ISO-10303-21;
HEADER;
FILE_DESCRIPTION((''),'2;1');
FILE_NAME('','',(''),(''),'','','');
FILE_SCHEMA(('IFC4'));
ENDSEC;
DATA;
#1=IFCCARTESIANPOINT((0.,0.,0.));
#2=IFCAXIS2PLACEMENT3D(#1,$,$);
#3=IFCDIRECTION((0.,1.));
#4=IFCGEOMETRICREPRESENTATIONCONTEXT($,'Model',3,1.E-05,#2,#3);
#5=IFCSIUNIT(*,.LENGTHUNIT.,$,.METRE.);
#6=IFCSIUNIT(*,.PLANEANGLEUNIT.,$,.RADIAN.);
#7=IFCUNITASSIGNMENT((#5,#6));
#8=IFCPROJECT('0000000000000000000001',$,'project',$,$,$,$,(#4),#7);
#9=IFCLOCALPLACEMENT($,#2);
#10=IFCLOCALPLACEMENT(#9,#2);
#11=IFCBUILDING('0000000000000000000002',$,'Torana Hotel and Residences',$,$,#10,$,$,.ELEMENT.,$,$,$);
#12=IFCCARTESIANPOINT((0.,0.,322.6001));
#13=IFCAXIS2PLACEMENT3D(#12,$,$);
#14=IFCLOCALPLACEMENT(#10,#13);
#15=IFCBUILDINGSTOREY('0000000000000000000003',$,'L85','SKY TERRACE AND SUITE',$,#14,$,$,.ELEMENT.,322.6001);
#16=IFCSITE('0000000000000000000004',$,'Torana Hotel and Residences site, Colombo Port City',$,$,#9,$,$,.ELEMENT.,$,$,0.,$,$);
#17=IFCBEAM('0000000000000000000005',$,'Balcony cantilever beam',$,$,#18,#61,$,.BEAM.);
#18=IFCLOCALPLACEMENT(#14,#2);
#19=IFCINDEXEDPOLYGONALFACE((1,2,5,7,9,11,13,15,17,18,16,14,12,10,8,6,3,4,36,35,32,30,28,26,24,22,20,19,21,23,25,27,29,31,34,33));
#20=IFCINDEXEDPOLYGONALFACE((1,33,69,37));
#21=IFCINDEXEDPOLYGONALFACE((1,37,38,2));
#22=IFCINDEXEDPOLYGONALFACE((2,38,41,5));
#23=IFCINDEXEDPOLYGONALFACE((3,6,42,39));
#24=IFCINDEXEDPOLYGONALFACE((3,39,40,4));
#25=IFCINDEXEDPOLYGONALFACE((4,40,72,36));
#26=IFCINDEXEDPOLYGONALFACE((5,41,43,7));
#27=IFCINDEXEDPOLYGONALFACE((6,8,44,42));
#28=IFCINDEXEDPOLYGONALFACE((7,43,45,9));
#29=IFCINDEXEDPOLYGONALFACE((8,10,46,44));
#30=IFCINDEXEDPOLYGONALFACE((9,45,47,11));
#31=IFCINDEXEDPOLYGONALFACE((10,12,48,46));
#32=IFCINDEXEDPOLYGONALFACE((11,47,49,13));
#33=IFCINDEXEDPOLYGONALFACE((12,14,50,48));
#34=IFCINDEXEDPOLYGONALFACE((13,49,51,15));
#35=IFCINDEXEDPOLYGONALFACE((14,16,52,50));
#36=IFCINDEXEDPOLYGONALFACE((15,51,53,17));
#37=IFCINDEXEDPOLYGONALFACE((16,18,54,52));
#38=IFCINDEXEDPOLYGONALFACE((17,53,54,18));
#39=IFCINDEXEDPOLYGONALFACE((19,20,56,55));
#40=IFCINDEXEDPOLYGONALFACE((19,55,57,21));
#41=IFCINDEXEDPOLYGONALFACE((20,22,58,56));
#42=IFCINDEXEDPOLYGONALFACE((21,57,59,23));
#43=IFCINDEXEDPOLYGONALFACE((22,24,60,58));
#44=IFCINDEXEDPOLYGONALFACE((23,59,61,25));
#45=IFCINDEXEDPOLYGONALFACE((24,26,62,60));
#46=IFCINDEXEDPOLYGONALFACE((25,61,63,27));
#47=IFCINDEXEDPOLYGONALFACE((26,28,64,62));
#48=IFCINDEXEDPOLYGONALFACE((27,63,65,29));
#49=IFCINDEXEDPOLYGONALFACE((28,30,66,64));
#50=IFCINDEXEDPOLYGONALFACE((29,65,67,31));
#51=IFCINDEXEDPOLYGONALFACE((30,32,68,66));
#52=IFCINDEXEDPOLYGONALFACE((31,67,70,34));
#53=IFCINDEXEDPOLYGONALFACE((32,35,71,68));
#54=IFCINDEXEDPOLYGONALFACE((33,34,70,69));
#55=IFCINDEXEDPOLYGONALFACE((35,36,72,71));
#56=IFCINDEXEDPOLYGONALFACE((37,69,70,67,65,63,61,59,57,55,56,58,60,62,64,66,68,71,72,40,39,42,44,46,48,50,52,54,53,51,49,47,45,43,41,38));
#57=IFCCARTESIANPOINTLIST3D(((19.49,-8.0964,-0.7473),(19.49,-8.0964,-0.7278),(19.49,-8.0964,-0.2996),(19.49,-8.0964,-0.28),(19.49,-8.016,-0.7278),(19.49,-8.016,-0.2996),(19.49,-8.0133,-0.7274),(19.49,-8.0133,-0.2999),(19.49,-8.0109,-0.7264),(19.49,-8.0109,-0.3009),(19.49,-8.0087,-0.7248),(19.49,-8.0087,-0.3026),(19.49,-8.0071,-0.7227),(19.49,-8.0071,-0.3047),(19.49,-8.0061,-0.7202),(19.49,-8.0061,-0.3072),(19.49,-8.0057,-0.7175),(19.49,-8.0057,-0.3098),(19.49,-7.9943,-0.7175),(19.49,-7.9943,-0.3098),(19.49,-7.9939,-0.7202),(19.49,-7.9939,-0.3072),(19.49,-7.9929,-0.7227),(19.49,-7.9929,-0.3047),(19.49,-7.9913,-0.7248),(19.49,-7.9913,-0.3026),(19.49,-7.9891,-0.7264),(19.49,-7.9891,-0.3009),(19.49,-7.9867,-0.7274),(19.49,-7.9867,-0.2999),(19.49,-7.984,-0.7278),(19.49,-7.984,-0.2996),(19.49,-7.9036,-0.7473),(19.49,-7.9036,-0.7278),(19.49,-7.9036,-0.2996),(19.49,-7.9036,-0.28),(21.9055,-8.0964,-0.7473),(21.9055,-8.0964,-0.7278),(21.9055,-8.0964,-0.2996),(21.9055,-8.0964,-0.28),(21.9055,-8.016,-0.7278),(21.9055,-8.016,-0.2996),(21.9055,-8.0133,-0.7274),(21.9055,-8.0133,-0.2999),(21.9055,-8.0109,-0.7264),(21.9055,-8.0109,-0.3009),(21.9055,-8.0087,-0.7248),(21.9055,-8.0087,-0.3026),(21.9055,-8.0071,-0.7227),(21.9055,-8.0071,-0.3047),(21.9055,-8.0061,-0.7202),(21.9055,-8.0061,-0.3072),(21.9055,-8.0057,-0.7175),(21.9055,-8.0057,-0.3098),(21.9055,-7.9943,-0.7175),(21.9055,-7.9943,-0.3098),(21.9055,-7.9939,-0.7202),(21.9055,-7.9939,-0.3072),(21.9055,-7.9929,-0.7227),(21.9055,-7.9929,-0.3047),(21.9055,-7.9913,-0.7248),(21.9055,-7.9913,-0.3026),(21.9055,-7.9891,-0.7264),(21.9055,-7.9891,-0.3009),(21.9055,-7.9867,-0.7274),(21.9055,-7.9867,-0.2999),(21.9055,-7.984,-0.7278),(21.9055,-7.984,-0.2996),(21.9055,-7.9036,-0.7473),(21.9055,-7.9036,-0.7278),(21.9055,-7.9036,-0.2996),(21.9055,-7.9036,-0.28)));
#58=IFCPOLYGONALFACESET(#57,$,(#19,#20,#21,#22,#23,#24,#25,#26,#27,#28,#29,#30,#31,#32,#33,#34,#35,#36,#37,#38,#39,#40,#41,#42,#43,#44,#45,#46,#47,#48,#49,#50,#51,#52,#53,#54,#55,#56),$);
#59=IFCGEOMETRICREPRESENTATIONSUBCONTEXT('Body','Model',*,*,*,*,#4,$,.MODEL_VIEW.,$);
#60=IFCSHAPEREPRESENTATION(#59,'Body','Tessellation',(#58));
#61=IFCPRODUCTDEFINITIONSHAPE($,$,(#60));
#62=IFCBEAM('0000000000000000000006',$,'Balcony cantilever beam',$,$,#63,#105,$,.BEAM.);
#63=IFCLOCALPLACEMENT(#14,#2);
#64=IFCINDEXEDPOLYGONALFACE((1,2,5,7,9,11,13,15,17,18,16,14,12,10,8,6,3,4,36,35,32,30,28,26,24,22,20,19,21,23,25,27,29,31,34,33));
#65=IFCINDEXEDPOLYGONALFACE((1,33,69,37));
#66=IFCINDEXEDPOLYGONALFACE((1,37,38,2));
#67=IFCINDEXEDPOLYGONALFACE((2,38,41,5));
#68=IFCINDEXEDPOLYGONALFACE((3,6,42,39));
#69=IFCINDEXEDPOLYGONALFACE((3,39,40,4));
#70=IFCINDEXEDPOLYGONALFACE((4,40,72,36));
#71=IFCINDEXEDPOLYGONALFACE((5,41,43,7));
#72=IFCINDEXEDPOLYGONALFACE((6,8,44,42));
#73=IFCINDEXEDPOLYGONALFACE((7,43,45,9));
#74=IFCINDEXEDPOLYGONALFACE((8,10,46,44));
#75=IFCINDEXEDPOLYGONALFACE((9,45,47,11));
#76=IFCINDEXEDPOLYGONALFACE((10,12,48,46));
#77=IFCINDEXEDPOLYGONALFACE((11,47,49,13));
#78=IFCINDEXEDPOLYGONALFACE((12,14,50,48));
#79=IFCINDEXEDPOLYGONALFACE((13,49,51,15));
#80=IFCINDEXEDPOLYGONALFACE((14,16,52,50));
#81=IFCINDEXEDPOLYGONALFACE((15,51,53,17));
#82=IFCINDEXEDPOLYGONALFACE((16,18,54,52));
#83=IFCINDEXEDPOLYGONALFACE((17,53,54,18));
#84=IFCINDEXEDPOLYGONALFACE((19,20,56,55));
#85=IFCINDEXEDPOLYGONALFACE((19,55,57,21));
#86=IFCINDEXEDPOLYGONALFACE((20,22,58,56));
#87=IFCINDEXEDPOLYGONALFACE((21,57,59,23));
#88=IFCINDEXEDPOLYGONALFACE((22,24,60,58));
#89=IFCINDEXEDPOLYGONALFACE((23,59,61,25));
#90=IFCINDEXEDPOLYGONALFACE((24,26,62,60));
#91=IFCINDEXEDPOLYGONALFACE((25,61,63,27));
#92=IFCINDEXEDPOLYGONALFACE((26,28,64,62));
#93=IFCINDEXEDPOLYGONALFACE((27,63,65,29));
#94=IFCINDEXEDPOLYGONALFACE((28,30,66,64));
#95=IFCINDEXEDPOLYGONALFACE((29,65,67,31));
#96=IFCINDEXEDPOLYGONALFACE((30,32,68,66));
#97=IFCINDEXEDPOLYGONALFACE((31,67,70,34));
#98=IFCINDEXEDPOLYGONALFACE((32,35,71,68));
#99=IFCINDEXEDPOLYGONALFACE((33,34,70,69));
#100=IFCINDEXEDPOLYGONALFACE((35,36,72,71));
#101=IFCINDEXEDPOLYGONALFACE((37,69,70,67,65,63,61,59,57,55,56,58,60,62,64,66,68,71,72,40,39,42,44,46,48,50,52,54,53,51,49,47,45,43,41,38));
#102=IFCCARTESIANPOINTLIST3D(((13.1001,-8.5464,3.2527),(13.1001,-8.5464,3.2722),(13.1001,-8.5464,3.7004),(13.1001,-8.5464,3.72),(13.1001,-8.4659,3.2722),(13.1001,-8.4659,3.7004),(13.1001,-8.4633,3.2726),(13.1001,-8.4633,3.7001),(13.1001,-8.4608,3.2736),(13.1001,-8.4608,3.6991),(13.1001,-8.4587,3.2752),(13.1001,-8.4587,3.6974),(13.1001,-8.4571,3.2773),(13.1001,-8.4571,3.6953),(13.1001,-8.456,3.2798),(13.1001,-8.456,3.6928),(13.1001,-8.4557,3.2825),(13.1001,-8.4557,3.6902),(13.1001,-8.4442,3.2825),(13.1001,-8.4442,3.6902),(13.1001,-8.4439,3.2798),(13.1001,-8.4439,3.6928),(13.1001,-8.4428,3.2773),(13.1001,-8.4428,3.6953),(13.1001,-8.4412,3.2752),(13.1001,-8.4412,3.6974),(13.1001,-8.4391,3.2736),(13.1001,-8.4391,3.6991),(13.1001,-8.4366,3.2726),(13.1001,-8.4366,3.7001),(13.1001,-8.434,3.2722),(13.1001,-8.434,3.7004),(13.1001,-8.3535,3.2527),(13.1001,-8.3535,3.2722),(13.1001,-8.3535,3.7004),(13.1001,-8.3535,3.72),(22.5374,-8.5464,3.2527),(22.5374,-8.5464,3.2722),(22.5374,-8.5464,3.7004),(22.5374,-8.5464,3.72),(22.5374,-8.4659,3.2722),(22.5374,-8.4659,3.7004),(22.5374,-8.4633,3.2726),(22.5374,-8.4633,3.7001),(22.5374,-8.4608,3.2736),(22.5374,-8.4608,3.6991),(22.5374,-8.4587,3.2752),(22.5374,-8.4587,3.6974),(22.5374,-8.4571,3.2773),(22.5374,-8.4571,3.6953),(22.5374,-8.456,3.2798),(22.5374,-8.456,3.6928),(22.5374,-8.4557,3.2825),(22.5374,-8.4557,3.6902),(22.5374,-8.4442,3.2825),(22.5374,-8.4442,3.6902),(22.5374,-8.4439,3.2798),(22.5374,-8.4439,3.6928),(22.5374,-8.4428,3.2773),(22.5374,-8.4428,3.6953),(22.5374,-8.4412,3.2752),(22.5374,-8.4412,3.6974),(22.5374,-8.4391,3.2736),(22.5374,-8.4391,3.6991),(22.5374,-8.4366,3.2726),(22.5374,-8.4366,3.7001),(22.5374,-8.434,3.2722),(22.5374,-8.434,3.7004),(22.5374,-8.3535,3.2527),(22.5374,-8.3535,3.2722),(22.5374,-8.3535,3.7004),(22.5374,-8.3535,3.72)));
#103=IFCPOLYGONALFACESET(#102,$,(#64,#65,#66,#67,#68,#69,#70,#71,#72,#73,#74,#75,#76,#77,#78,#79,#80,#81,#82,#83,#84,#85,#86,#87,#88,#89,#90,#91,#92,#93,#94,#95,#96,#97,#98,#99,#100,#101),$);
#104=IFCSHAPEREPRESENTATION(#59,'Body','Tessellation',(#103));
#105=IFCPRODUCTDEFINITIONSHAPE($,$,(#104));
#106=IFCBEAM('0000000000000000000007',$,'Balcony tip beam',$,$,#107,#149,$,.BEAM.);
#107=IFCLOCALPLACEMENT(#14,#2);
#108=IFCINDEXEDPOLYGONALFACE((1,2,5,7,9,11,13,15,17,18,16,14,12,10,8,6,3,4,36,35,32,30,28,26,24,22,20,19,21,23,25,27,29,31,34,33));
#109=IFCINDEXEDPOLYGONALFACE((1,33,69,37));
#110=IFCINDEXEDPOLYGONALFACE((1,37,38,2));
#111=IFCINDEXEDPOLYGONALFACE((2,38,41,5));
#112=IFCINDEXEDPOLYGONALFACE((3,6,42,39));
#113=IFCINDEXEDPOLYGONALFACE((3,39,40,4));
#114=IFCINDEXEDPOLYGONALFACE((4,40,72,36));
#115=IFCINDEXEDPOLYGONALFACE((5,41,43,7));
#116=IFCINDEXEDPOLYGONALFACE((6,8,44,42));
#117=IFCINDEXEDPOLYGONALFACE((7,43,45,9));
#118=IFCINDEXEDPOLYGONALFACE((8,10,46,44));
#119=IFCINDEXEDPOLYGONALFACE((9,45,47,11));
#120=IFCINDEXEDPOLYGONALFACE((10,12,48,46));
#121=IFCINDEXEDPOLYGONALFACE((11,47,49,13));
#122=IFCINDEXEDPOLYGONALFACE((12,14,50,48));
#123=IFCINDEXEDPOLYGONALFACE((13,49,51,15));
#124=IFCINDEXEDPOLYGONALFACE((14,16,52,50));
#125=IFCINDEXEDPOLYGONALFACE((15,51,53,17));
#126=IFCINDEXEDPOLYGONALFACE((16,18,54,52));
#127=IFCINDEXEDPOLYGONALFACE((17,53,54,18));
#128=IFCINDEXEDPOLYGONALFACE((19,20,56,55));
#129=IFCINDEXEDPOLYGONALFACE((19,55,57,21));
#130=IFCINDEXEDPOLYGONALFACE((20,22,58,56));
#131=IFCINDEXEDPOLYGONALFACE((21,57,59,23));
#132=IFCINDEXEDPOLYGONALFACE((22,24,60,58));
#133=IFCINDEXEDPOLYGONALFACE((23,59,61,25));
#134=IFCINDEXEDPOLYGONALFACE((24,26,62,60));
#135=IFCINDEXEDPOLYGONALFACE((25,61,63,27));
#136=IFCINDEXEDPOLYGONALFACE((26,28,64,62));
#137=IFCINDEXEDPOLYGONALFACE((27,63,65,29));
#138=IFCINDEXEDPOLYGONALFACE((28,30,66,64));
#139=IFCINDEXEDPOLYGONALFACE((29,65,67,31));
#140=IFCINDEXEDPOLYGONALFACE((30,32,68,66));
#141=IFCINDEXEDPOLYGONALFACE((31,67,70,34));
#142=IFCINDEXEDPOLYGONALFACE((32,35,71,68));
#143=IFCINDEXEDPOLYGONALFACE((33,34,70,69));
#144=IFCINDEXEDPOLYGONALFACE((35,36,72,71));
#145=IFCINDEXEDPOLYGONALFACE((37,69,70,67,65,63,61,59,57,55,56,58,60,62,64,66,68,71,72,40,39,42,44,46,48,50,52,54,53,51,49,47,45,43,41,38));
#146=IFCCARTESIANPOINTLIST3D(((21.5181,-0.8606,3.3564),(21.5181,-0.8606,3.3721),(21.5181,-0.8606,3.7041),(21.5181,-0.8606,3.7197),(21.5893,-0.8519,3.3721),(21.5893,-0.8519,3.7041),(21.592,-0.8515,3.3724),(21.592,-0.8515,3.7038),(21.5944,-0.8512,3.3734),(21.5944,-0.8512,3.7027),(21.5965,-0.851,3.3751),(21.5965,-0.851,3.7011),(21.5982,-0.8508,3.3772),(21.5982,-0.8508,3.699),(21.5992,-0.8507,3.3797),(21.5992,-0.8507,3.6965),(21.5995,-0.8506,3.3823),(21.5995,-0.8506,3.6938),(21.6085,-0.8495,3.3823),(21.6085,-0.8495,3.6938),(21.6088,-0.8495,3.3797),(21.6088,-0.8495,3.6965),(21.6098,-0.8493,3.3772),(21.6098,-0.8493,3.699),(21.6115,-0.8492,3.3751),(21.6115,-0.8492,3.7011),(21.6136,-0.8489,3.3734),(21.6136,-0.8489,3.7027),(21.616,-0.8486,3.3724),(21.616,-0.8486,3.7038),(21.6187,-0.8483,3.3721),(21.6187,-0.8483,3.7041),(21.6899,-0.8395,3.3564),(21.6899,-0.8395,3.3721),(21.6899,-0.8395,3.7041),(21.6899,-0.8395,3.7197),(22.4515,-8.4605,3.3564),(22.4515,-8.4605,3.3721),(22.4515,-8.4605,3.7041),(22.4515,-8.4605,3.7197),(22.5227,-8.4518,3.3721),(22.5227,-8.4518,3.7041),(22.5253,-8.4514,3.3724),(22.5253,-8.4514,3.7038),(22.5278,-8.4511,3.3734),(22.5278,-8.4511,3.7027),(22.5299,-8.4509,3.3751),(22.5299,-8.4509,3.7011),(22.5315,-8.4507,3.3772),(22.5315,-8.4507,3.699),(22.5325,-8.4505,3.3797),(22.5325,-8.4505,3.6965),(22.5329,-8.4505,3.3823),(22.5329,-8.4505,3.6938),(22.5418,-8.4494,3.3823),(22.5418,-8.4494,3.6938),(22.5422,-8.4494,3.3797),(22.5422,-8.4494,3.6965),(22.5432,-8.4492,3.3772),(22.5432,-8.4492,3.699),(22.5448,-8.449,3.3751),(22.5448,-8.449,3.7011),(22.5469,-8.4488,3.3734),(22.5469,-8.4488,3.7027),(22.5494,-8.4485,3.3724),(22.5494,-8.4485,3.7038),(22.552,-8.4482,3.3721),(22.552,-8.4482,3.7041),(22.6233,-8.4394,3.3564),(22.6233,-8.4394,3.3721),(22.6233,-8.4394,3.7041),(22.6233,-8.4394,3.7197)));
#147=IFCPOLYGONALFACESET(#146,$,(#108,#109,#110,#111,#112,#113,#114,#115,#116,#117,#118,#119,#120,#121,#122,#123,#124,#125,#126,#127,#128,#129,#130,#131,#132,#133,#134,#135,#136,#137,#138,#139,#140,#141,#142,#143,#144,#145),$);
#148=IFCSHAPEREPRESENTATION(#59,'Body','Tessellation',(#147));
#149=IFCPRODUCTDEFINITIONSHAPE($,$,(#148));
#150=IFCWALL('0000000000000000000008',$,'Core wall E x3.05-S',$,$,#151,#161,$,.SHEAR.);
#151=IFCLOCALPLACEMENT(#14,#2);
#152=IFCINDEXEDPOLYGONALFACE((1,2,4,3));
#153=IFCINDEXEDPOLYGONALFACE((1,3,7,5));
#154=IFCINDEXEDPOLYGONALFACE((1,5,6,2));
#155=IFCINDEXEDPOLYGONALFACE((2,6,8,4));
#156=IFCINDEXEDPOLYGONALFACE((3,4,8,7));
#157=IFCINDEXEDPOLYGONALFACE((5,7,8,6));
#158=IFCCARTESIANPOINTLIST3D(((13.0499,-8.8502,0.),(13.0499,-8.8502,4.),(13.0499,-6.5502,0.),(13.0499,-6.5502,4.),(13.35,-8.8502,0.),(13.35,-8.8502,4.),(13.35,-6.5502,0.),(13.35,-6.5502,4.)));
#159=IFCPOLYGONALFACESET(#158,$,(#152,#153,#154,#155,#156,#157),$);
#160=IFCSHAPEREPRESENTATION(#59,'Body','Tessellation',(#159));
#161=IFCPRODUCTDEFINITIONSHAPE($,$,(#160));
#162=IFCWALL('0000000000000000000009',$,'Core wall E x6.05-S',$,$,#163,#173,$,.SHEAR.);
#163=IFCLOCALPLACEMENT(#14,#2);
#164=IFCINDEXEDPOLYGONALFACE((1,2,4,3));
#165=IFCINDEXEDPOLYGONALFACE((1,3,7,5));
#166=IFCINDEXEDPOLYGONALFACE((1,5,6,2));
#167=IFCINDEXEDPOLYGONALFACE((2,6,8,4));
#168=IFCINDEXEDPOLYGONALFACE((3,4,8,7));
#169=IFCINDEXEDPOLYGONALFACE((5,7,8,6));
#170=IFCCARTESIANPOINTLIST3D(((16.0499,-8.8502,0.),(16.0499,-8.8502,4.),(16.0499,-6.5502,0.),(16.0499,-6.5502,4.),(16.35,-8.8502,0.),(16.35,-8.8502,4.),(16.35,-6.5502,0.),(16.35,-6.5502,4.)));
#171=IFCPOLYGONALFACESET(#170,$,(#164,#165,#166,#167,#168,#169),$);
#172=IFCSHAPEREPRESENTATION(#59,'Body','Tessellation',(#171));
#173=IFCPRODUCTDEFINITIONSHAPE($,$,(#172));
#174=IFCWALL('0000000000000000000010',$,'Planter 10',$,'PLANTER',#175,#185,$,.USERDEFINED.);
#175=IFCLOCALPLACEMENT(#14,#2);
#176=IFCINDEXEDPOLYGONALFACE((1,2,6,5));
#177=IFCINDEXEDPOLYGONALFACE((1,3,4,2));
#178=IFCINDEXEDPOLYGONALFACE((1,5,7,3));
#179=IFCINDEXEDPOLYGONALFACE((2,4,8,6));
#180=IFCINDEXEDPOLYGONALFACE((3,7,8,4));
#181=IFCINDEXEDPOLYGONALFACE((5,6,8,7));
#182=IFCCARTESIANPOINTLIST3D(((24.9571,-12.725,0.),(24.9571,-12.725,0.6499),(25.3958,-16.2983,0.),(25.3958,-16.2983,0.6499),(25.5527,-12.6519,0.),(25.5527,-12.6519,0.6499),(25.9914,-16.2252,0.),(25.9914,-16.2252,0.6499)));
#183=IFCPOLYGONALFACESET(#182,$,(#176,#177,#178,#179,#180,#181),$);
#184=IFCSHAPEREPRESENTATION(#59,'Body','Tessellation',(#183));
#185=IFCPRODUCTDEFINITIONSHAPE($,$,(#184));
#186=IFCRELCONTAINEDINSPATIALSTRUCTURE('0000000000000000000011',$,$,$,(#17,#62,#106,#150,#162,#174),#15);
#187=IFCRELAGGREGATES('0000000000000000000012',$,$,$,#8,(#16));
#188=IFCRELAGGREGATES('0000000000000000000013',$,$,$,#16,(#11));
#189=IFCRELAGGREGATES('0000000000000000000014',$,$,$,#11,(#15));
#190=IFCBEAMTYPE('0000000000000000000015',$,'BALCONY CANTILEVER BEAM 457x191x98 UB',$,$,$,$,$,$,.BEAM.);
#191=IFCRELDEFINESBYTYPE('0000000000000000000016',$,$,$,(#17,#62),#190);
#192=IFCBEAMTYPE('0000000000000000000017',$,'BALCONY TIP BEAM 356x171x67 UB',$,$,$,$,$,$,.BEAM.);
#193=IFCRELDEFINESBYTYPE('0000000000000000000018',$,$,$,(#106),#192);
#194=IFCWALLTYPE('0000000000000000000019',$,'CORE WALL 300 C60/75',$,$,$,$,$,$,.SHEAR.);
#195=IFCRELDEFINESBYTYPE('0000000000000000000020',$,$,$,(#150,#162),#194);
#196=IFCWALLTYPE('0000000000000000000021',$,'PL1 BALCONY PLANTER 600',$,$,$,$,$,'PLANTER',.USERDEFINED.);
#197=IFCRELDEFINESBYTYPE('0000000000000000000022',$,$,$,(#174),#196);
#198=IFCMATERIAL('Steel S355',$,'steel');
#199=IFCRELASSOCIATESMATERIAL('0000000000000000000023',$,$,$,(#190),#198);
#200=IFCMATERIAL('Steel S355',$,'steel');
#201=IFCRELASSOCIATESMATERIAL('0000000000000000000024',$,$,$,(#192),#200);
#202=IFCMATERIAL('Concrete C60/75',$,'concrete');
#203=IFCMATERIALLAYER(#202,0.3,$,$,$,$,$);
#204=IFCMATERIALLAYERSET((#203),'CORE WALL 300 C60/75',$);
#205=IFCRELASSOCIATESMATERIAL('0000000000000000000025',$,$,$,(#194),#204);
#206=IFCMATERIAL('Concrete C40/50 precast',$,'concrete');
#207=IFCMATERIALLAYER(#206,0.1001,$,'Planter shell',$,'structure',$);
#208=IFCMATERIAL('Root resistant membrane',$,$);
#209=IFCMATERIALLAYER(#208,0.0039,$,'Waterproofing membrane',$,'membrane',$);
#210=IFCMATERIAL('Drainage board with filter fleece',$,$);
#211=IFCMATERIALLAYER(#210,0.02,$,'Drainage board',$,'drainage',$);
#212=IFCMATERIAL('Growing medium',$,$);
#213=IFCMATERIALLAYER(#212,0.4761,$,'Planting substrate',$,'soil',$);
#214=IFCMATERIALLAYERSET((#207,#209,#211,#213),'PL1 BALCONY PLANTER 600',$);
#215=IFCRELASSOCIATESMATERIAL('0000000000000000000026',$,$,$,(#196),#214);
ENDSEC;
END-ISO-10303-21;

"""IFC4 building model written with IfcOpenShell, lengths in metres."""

from ifc_helpers import new_model, si_unit, direction, frame, frame_2d, origin, origin_2d, place, context, subcontext, project, spatial, rectangle, i_section, extrude, material, layer, layer_set, material_profile, profile_set, type_object, element, save


model = new_model("IFC4")

# Units and contexts
model_context = context("Model", 3, precision=1e-05, world=origin(), true_north=direction((0.0, 1.0)))
body_context = subcontext(model_context, "Body", "Model", "MODEL_VIEW")
ifc_project = project(units=[si_unit("LENGTHUNIT", "METRE"), si_unit("PLANEANGLEUNIT", "RADIAN")], contexts=[model_context])

# Site, building, storey
site_placement = place(None, origin())
site = spatial("IfcSite", under=ifc_project, at=site_placement, Name="Torana Hotel and Residences site, Colombo Port City", CompositionType="ELEMENT", RefElevation=0.0)
building_placement = place(site_placement, origin())
building = spatial("IfcBuilding", under=site, at=building_placement, Name="Torana Hotel and Residences", CompositionType="ELEMENT")
storey_placement = place(building_placement, frame((0.0, 0.0, 322.6001)))
storey = spatial("IfcBuildingStorey", under=building, at=storey_placement, Name="L85", Description="SKY TERRACE AND SUITE", CompositionType="ELEMENT", Elevation=322.6001)

# Beams
ifc_material_1 = material(Name="Steel S355", Category="steel")
ifc_material_profile_1 = material_profile(ifc_material_1, i_section(OverallWidth=0.1929, OverallDepth=0.4673, WebThickness=0.0115, FlangeThickness=0.0195, FilletRadius=0.0103, at=origin_2d()), Name="457x191x98 UB")
ifc_profile_set_1 = profile_set([ifc_material_profile_1], Name="Steel S355")
beam_type_1 = type_object("IfcBeamType", Name="BALCONY CANTILEVER BEAM 457x191x98 UB", PredefinedType="BEAM", material=ifc_profile_set_1)
beam_1_placement = place(storey_placement, frame((19.49, -8.0, -0.5137), z_axis=(1.0, 0.0, 0.0), x_axis=(0.0, 1.0, 0.0)))
element("IfcBeam", 1, at=beam_1_placement, inside=storey, type_object=beam_type_1, Name="Balcony cantilever beam", PredefinedType="BEAM", context=body_context, shape_type="SweptSolid", body=[
    extrude(i_section(OverallWidth=0.1929, OverallDepth=0.4673, WebThickness=0.0115, FlangeThickness=0.0195, FilletRadius=0.0103, at=origin_2d()), origin(), (0.0, 0.0, 1.0), 2.4155),
])
beam_2_placement = place(storey_placement, frame((22.5374, -8.45, 3.4863), z_axis=(-1.0, 0.0, 0.0), x_axis=(0.0, -1.0, 0.0)))
element("IfcBeam", 2, at=beam_2_placement, inside=storey, type_object=beam_type_1, Name="Balcony cantilever beam", PredefinedType="BEAM", context=body_context, shape_type="SweptSolid", body=[
    extrude(i_section(OverallWidth=0.1929, OverallDepth=0.4673, WebThickness=0.0115, FlangeThickness=0.0195, FilletRadius=0.0103, at=origin_2d()), origin(), (0.0, 0.0, 1.0), 9.4373),
])
ifc_material_2 = material(Name="Steel S355", Category="steel")
ifc_material_profile_2 = material_profile(ifc_material_2, i_section(OverallWidth=0.1731, OverallDepth=0.3633, WebThickness=0.009, FlangeThickness=0.0156, FilletRadius=0.0103, at=origin_2d()), Name="356x171x67 UB")
ifc_profile_set_2 = profile_set([ifc_material_profile_2], Name="Steel S355")
beam_type_2 = type_object("IfcBeamType", Name="BALCONY TIP BEAM 356x171x67 UB", PredefinedType="BEAM", material=ifc_profile_set_2)
beam_3_placement = place(storey_placement, frame((22.5374, -8.45, 3.5381), z_axis=(-0.121896, 0.992543, 0.0), x_axis=(-0.992543, -0.121896, 0.0)))
element("IfcBeam", 3, at=beam_3_placement, inside=storey, type_object=beam_type_2, Name="Balcony tip beam", PredefinedType="BEAM", context=body_context, shape_type="SweptSolid", body=[
    extrude(i_section(OverallWidth=0.1731, OverallDepth=0.3633, WebThickness=0.009, FlangeThickness=0.0156, FilletRadius=0.0103, at=origin_2d()), origin(), (0.0, 0.0, 1.0), 7.657),
])

# Walls
ifc_material_3 = material(Name="Concrete C60/75", Category="concrete")
ifc_layer_1 = layer(ifc_material_3, 0.3)
ifc_layer_set_1 = layer_set([ifc_layer_1], Name="CORE WALL 300 C60/75")
wall_type_1 = type_object("IfcWallType", Name="CORE WALL 300 C60/75", PredefinedType="SHEAR", material=ifc_layer_set_1)
for number, where, z_axis, x_axis, name in (
    (4, (13.2, -8.8501, 0.0), (0.0, 0.0, 1.0), (0.0, 1.0, 0.0), "Core wall E x3.05-S"),
    (5, (16.2, -8.8501, 0.0), (0.0, 0.0, 1.0), (0.0, 1.0, 0.0), "Core wall E x6.05-S"),
):
    element("IfcWall", number, at=place(storey_placement, frame(where, z_axis=z_axis, x_axis=x_axis)), inside=storey, type_object=wall_type_1, Name=name, PredefinedType="SHEAR", context=body_context, shape_type="SweptSolid", body=[
        extrude(rectangle(XDim=2.3, YDim=0.3, at=frame_2d((1.1499, 0.0))), origin(), (0.0, 0.0, 1.0), 4.0),
    ])
ifc_material_4 = material(Name="Concrete C40/50 precast", Category="concrete")
ifc_layer_2 = layer(ifc_material_4, 0.1001, Name="Planter shell", Category="structure")
ifc_material_5 = material(Name="Root resistant membrane")
ifc_layer_3 = layer(ifc_material_5, 0.0039, Name="Waterproofing membrane", Category="membrane")
ifc_material_6 = material(Name="Drainage board with filter fleece")
ifc_layer_4 = layer(ifc_material_6, 0.02, Name="Drainage board", Category="drainage")
ifc_material_7 = material(Name="Growing medium")
ifc_layer_5 = layer(ifc_material_7, 0.4761, Name="Planting substrate", Category="soil")
ifc_layer_set_2 = layer_set([ifc_layer_2, ifc_layer_3, ifc_layer_4, ifc_layer_5], Name="PL1 BALCONY PLANTER 600")
wall_type_2 = type_object("IfcWallType", Name="PL1 BALCONY PLANTER 600", ElementType="PLANTER", PredefinedType="USERDEFINED", material=ifc_layer_set_2)
wall_1_placement = place(storey_placement, frame((25.2549, -12.6885, 0.0), z_axis=(0.0, 0.0, 1.0), x_axis=(0.121864, -0.992547, 0.0)))
element("IfcWall", 6, at=wall_1_placement, inside=storey, type_object=wall_type_2, Name="Planter 10", ObjectType="PLANTER", PredefinedType="USERDEFINED", context=body_context, shape_type="SweptSolid", body=[
    extrude(rectangle(XDim=3.6001, YDim=0.6001, at=frame_2d((1.8, 0.0))), origin(), (0.0, 0.0, 1.0), 0.6499),
])

save(model, "model.ifc")
